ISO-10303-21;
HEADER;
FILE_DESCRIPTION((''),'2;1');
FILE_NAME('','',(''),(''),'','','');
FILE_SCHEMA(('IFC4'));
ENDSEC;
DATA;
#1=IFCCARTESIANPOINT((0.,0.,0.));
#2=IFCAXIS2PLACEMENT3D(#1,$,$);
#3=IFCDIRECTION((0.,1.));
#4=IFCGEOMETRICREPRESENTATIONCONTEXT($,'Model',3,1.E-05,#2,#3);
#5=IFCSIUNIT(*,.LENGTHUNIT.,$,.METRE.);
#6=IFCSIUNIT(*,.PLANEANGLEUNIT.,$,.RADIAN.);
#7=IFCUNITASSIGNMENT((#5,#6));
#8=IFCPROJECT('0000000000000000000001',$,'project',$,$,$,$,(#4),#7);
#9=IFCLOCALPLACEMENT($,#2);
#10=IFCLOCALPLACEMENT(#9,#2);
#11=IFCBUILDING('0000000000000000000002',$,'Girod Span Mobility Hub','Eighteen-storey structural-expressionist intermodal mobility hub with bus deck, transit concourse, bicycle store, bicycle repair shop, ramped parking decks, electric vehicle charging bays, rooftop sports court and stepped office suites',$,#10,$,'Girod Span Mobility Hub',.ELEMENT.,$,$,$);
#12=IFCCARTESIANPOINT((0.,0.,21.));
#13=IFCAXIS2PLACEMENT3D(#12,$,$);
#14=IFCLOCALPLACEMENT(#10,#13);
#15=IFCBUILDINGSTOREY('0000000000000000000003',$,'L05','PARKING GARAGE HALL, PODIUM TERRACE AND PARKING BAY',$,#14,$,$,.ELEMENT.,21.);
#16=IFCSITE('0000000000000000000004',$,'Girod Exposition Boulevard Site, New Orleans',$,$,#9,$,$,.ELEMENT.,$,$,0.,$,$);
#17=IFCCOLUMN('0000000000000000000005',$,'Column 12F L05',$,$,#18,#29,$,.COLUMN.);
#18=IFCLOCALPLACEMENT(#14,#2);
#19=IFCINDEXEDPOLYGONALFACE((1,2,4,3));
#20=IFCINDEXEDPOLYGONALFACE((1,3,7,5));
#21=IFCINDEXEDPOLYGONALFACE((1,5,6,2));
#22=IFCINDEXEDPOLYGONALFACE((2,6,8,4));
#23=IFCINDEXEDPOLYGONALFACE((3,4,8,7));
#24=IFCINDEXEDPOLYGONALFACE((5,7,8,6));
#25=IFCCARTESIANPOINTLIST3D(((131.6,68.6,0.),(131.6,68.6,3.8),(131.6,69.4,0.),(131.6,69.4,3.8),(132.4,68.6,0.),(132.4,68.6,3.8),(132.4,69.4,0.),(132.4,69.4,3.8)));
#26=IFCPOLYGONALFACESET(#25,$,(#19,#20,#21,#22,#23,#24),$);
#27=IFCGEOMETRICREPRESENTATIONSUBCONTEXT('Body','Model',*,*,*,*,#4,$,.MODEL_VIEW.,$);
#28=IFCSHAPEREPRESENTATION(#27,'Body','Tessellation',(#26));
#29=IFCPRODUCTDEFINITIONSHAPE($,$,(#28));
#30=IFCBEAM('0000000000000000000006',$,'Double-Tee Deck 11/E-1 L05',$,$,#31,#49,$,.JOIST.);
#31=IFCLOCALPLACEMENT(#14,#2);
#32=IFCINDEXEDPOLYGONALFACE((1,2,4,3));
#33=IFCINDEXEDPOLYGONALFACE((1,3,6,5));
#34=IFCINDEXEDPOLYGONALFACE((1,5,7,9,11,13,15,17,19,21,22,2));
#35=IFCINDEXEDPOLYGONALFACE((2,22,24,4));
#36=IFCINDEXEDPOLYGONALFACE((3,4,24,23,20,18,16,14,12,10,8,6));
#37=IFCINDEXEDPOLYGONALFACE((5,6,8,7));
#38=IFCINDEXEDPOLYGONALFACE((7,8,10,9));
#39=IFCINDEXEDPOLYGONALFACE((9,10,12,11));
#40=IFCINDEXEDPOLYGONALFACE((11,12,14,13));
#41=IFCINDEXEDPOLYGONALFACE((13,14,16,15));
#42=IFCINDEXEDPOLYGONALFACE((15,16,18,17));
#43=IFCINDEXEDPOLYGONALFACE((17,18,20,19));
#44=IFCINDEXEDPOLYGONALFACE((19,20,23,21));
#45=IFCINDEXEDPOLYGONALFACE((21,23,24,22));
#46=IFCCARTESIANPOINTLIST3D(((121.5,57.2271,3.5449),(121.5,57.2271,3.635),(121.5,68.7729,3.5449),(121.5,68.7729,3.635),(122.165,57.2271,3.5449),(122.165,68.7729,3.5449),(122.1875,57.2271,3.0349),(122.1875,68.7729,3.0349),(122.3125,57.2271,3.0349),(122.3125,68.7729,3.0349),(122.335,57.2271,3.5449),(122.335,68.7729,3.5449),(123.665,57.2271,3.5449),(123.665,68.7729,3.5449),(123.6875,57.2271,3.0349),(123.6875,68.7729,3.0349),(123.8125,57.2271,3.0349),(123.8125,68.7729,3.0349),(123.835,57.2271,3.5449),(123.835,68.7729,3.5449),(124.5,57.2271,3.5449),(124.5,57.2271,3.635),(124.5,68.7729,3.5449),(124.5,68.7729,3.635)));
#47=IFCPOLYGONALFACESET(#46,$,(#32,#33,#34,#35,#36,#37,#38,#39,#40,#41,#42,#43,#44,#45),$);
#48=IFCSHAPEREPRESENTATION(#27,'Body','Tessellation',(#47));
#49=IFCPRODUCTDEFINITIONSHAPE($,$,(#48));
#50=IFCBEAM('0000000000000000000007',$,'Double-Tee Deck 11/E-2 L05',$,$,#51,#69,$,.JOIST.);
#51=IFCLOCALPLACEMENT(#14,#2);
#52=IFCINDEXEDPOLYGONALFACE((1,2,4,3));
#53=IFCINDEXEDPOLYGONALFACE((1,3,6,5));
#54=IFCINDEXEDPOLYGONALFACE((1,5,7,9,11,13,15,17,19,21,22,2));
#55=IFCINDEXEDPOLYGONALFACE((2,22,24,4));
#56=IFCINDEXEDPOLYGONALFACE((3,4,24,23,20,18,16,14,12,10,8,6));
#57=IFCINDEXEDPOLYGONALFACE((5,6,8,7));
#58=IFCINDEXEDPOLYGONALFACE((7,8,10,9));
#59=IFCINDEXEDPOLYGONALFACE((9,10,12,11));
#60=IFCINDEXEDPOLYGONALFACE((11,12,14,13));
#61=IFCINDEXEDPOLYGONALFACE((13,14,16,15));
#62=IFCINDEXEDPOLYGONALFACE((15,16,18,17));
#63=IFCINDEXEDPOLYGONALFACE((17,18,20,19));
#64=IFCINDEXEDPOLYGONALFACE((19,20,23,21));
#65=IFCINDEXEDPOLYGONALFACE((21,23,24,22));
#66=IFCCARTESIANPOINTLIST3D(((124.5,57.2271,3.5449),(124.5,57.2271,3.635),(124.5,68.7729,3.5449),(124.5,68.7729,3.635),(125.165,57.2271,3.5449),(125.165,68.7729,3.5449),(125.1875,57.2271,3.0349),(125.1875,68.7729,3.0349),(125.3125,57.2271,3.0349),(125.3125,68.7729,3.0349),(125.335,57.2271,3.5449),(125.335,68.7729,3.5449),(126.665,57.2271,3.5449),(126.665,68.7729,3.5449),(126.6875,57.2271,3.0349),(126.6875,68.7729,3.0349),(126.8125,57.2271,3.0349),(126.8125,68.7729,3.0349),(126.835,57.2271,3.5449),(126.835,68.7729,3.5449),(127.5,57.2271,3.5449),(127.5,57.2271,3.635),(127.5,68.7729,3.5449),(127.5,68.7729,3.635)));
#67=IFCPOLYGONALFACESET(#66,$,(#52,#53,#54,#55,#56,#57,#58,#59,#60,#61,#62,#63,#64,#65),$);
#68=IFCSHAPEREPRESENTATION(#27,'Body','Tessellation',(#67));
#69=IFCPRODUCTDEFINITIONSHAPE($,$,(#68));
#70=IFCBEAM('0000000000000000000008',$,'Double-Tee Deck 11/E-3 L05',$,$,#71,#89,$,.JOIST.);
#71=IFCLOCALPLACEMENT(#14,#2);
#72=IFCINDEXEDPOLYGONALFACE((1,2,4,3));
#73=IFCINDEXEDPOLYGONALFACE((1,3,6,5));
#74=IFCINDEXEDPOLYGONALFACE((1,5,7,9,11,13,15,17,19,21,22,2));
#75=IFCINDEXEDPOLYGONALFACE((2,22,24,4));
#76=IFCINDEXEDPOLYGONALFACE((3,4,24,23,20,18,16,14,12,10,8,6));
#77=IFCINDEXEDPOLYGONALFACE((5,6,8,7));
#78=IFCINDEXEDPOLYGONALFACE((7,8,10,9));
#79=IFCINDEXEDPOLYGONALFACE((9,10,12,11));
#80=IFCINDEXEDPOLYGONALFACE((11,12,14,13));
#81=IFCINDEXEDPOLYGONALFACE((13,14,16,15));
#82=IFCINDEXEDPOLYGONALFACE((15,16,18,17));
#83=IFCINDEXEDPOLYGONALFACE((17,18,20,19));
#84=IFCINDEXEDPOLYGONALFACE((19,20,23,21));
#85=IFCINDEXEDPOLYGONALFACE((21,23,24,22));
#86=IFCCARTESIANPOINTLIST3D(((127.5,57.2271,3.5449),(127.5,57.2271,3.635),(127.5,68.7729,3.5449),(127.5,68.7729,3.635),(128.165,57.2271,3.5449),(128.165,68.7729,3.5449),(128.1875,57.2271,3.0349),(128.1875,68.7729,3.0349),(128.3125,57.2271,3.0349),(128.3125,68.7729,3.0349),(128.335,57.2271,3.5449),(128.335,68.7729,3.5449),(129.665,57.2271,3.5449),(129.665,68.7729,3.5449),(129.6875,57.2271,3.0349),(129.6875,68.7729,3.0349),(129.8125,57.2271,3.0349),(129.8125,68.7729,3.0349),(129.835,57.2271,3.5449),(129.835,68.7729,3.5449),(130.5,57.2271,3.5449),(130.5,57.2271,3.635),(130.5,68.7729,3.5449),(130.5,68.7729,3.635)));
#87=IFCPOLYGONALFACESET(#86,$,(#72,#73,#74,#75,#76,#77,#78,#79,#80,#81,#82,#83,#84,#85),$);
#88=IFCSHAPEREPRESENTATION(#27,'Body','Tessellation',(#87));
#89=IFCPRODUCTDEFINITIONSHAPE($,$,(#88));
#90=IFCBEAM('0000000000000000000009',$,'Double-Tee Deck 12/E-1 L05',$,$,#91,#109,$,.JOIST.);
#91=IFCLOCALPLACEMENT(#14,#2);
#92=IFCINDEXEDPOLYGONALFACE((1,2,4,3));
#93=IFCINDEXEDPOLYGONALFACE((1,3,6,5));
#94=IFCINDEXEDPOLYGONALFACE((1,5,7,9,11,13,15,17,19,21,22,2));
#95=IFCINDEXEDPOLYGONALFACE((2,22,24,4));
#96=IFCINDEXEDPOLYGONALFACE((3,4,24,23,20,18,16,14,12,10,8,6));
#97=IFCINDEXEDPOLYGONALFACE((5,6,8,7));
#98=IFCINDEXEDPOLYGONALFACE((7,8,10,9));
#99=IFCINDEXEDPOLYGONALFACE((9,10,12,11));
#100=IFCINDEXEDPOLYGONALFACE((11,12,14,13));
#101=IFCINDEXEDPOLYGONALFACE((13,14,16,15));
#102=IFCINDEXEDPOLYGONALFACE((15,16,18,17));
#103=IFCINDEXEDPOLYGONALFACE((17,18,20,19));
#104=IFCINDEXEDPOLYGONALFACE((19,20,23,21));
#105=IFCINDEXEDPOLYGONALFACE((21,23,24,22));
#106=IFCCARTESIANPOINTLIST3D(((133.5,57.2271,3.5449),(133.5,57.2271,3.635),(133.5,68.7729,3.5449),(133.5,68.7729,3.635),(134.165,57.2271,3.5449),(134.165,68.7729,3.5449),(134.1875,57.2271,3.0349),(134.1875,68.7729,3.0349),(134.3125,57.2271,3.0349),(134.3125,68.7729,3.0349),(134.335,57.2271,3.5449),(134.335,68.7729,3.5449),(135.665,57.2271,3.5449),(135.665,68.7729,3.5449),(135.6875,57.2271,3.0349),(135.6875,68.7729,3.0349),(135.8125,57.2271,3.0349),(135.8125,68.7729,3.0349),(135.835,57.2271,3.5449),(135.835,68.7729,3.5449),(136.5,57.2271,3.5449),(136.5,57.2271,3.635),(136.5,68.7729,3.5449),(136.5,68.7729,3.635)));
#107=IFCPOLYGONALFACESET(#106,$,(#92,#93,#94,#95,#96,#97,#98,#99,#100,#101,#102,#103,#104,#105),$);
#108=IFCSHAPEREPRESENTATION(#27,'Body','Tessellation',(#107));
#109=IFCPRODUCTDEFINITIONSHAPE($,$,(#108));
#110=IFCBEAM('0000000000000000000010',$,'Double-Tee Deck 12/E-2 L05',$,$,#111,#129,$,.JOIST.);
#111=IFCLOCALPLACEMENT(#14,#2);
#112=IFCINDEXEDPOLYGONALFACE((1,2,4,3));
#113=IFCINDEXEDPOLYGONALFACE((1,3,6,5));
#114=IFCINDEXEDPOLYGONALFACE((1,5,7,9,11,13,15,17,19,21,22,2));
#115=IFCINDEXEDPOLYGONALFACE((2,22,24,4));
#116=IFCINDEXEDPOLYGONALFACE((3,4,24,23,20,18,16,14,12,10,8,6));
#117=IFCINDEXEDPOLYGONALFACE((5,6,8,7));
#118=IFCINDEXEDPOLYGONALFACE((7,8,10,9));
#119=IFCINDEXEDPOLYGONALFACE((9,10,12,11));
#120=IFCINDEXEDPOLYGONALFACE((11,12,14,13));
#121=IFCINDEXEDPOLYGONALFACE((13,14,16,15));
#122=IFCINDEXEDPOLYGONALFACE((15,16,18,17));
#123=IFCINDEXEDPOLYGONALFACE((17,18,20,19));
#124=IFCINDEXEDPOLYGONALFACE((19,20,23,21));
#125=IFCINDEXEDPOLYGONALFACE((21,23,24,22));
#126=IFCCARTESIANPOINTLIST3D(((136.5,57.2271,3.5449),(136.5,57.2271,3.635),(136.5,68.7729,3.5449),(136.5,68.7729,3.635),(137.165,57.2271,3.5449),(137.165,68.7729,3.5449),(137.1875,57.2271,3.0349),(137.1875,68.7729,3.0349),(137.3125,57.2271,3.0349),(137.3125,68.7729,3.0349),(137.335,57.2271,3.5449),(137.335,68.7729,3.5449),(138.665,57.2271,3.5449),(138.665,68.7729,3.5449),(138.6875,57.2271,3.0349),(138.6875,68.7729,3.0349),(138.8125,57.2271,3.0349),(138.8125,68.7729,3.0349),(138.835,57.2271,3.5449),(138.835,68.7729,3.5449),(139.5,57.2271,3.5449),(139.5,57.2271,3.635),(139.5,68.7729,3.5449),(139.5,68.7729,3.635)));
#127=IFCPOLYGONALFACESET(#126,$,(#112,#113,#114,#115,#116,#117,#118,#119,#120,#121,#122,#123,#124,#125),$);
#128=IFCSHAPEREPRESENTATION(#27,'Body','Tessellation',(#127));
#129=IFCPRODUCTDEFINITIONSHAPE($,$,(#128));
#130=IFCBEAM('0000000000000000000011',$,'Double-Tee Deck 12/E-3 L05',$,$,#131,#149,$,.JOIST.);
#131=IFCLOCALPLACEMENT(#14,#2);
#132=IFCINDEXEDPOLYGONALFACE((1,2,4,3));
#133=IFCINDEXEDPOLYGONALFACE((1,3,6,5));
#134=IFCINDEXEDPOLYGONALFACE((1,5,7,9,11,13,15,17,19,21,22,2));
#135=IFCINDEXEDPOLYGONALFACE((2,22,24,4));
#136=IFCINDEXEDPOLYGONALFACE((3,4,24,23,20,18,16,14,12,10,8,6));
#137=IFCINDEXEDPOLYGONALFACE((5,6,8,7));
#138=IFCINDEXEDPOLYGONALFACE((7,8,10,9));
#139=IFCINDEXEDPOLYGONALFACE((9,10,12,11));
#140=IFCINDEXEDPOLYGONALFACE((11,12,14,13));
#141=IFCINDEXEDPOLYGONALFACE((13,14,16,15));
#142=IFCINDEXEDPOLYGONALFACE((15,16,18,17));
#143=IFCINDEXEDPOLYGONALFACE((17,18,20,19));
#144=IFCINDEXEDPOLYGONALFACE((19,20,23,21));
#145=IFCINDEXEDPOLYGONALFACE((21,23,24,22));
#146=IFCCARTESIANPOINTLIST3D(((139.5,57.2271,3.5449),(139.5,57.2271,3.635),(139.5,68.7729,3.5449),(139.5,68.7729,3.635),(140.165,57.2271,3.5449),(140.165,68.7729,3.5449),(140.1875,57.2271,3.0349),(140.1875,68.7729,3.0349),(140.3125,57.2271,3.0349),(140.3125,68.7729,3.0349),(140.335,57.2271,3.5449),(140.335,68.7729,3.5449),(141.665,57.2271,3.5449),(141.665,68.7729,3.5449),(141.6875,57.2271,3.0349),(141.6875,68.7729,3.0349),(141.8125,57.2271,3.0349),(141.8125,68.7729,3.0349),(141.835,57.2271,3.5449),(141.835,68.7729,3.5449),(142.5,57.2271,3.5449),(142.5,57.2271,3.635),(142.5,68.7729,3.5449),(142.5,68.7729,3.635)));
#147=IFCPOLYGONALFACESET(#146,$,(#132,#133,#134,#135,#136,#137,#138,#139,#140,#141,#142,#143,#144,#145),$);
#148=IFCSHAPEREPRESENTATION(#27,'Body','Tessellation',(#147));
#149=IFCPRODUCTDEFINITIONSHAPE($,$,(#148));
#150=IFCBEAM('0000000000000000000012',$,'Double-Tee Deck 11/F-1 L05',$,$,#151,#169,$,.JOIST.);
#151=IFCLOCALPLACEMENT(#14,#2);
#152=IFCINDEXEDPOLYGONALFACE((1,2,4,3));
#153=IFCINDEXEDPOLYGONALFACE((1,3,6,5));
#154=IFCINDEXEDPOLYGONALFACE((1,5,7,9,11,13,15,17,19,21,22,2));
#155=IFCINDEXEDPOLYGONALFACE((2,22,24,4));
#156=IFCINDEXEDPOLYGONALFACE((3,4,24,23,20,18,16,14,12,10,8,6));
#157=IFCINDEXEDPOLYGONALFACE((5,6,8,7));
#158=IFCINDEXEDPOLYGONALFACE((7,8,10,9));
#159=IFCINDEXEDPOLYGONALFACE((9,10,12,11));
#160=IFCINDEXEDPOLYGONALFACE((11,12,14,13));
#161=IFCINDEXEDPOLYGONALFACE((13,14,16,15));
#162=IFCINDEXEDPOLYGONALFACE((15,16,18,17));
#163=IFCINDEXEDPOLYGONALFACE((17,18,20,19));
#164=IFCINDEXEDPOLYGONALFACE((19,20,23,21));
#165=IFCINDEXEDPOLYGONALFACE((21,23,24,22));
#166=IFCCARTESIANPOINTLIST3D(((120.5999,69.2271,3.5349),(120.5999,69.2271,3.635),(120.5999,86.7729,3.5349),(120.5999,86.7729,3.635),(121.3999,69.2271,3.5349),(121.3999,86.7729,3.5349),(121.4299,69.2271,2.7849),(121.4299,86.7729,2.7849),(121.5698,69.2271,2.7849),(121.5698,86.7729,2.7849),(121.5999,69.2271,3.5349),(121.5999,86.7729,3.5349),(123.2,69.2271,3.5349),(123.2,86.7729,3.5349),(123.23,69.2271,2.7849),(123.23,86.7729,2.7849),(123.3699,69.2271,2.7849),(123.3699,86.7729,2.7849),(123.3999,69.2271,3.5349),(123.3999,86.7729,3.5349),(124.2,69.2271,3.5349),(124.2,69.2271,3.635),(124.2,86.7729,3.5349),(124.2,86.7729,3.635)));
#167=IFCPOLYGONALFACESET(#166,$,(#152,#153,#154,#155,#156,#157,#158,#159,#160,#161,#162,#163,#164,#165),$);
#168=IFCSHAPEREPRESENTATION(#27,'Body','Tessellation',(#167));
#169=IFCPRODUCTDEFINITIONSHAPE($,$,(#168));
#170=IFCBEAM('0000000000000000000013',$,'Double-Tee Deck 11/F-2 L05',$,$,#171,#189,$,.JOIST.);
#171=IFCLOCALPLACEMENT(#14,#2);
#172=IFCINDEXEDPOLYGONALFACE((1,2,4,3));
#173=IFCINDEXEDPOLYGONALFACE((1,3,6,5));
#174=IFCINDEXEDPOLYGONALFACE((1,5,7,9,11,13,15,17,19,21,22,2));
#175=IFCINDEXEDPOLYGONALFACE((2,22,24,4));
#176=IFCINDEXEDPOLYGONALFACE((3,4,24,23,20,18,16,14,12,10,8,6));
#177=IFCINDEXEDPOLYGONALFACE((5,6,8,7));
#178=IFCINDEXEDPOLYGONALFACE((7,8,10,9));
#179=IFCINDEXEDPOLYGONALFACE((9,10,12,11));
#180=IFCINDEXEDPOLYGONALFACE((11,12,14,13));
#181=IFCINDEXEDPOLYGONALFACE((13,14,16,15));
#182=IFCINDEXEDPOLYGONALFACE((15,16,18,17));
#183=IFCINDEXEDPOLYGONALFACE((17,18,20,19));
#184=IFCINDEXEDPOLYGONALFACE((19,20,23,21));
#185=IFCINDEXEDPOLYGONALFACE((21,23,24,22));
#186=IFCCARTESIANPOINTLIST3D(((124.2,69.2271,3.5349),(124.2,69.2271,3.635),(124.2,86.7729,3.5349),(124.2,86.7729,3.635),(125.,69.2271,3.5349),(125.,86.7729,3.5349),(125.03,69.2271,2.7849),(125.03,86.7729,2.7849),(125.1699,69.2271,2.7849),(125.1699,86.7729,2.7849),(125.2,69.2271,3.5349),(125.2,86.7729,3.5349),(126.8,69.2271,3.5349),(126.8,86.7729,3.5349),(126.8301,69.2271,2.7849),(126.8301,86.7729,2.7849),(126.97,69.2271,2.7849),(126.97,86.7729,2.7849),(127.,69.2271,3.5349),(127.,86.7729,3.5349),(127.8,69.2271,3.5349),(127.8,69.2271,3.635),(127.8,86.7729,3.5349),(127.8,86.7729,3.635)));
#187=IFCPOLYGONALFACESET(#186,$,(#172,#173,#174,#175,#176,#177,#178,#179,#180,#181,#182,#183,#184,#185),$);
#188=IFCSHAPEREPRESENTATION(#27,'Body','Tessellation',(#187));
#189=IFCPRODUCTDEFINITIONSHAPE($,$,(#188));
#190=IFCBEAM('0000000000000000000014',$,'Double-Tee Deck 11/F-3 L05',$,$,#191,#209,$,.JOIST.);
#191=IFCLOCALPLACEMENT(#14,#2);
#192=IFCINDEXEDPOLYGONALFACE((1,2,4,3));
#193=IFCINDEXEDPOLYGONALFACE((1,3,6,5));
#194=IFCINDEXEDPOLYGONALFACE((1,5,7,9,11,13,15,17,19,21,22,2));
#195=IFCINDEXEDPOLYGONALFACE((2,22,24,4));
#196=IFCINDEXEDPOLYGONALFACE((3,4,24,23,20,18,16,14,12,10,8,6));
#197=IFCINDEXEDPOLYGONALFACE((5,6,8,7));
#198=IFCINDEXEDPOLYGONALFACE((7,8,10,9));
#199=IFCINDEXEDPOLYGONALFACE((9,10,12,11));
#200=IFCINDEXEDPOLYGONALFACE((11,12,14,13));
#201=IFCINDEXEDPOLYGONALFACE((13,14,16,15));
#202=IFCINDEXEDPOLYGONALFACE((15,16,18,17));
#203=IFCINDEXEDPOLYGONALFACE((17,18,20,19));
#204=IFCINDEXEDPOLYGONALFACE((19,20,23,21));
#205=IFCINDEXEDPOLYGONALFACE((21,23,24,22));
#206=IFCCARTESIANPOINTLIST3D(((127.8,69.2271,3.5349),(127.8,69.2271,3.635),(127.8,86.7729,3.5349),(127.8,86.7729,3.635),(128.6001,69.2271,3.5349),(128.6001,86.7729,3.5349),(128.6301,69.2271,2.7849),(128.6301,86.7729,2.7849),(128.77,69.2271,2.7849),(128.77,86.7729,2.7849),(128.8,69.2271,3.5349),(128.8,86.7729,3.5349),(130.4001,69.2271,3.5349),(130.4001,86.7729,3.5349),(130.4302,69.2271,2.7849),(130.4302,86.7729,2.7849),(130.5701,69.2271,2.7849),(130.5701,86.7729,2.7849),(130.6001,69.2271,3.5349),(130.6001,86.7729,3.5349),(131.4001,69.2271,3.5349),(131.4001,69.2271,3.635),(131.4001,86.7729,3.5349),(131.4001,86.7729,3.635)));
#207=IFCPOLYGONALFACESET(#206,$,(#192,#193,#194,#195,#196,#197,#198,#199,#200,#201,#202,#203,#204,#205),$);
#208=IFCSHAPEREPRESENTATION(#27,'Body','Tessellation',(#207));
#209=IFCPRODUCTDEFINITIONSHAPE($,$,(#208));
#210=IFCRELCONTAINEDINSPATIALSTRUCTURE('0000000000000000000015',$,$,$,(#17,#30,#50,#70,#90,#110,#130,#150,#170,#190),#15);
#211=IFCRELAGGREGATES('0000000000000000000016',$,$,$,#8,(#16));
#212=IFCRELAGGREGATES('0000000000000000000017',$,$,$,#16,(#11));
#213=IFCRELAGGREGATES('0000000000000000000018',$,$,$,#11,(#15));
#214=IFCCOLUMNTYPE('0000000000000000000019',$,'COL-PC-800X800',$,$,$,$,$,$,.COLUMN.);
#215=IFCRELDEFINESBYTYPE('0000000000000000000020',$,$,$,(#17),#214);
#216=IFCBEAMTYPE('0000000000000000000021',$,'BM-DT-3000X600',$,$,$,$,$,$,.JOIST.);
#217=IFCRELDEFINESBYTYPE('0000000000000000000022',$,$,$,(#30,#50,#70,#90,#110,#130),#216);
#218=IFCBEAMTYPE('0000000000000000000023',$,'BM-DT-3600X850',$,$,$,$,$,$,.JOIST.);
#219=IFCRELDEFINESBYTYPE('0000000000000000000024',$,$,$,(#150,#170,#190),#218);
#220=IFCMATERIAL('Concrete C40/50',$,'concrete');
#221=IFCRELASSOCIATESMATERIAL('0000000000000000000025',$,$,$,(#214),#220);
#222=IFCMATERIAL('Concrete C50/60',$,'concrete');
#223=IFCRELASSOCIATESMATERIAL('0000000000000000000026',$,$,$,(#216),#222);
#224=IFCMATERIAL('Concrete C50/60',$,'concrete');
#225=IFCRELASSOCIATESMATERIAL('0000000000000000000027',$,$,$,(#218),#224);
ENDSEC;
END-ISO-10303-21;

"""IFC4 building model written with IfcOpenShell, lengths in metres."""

from ifc_helpers import new_model, si_unit, direction, frame, origin, origin_2d, place, context, subcontext, project, spatial, polyline, rectangle, outline, extrude, material, material_profile, profile_set, type_object, element, save


model = new_model("IFC4")

# Units and contexts
model_context = context("Model", 3, precision=1e-05, world=origin(), true_north=direction((0.0, 1.0)))
body_context = subcontext(model_context, "Body", "Model", "MODEL_VIEW")
ifc_project = project(units=[si_unit("LENGTHUNIT", "METRE"), si_unit("PLANEANGLEUNIT", "RADIAN")], contexts=[model_context])

# Site, building, storey
site_placement = place(None, origin())
site = spatial("IfcSite", under=ifc_project, at=site_placement, Name="Girod Exposition Boulevard Site, New Orleans", CompositionType="ELEMENT", RefElevation=0.0)
building_placement = place(site_placement, origin())
building = spatial("IfcBuilding", under=site, at=building_placement, Name="Girod Span Mobility Hub", Description="Eighteen-storey structural-expressionist intermodal mobility hub with bus deck, transit concourse, bicycle store, bicycle repair shop, ramped parking decks, electric vehicle charging bays, rooftop sports court and stepped office suites", LongName="Girod Span Mobility Hub", CompositionType="ELEMENT")
storey_placement = place(building_placement, frame((0.0, 0.0, 21.0)))
storey = spatial("IfcBuildingStorey", under=building, at=storey_placement, Name="L05", Description="PARKING GARAGE HALL, PODIUM TERRACE AND PARKING BAY", CompositionType="ELEMENT", Elevation=21.0)

# Column
ifc_material_1 = material(Name="Concrete C40/50", Category="concrete")
ifc_material_profile_1 = material_profile(ifc_material_1, rectangle(XDim=0.8, YDim=0.8, at=origin_2d()), Name="PC-COL-800X800")
ifc_profile_set_1 = profile_set([ifc_material_profile_1], Name="Concrete C40/50")
column_type = type_object("IfcColumnType", Name="COL-PC-800X800", PredefinedType="COLUMN", material=ifc_profile_set_1)
column_placement = place(storey_placement, frame((132.0, 69.0, 0.0), z_axis=(0.0, 0.0, 1.0), x_axis=(1.0, 0.0, 0.0)))
element("IfcColumn", 1, at=column_placement, inside=storey, type_object=column_type, Name="Column 12F L05", PredefinedType="COLUMN", context=body_context, shape_type="SweptSolid", body=[
    extrude(rectangle(XDim=0.8, YDim=0.8, at=origin_2d()), origin(), (0.0, 0.0, 1.0), 3.8),
])

# Beams
ifc_material_2 = material(Name="Concrete C50/60", Category="concrete")
ifc_material_profile_2 = material_profile(ifc_material_2, outline(polyline([(-1.5, 0.3), (-1.5, 0.21), (-0.835, 0.21), (-0.8125, -0.3), (-0.6875, -0.3), (-0.665, 0.21), (0.665, 0.21), (0.6875, -0.3), (0.8125, -0.3), (0.835, 0.21), (1.5, 0.21), (1.5, 0.3), (-1.5, 0.3)])), Name="DT-3000X600")
ifc_profile_set_2 = profile_set([ifc_material_profile_2], Name="Concrete C50/60")
beam_type_1 = type_object("IfcBeamType", Name="BM-DT-3000X600", PredefinedType="JOIST", material=ifc_profile_set_2)
for number, where, z_axis, x_axis, name in (
    (2, (123.0, 57.2271, 3.335), (0.0, 1.0, 0.0), (-1.0, 0.0, 0.0), "Double-Tee Deck 11/E-1 L05"),
    (3, (126.0, 57.2271, 3.335), (0.0, 1.0, 0.0), (-1.0, 0.0, 0.0), "Double-Tee Deck 11/E-2 L05"),
    (4, (129.0, 57.2271, 3.335), (0.0, 1.0, 0.0), (-1.0, 0.0, 0.0), "Double-Tee Deck 11/E-3 L05"),
    (5, (135.0, 57.2271, 3.335), (0.0, 1.0, 0.0), (-1.0, 0.0, 0.0), "Double-Tee Deck 12/E-1 L05"),
    (6, (138.0, 57.2271, 3.335), (0.0, 1.0, 0.0), (-1.0, 0.0, 0.0), "Double-Tee Deck 12/E-2 L05"),
    (7, (141.0, 57.2271, 3.335), (0.0, 1.0, 0.0), (-1.0, 0.0, 0.0), "Double-Tee Deck 12/E-3 L05"),
):
    element("IfcBeam", number, at=place(storey_placement, frame(where, z_axis=z_axis, x_axis=x_axis)), inside=storey, type_object=beam_type_1, Name=name, PredefinedType="JOIST", context=body_context, shape_type="SweptSolid", body=[
        extrude(outline(polyline([(-1.5, 0.3), (-1.5, 0.21), (-0.835, 0.21), (-0.8125, -0.3), (-0.6875, -0.3), (-0.665, 0.21), (0.665, 0.21), (0.6875, -0.3), (0.8125, -0.3), (0.835, 0.21), (1.5, 0.21), (1.5, 0.3), (-1.5, 0.3)])), origin(), (0.0, 0.0, 1.0), 11.5459),
    ])
ifc_material_3 = material(Name="Concrete C50/60", Category="concrete")
ifc_material_profile_3 = material_profile(ifc_material_3, outline(polyline([(-1.8, 0.425), (-1.8, 0.325), (-1.0, 0.325), (-0.97, -0.425), (-0.8301, -0.425), (-0.8, 0.325), (0.8, 0.325), (0.8301, -0.425), (0.97, -0.425), (1.0, 0.325), (1.8, 0.325), (1.8, 0.425), (-1.8, 0.425)])), Name="DT-3600X850")
ifc_profile_set_3 = profile_set([ifc_material_profile_3], Name="Concrete C50/60")
beam_type_2 = type_object("IfcBeamType", Name="BM-DT-3600X850", PredefinedType="JOIST", material=ifc_profile_set_3)
for number, where, z_axis, x_axis, name in (
    (8, (122.3999, 69.2271, 3.21), (0.0, 1.0, 0.0), (-1.0, 0.0, 0.0), "Double-Tee Deck 11/F-1 L05"),
    (9, (126.0, 69.2271, 3.21), (0.0, 1.0, 0.0), (-1.0, 0.0, 0.0), "Double-Tee Deck 11/F-2 L05"),
    (10, (129.6001, 69.2271, 3.21), (0.0, 1.0, 0.0), (-1.0, 0.0, 0.0), "Double-Tee Deck 11/F-3 L05"),
):
    element("IfcBeam", number, at=place(storey_placement, frame(where, z_axis=z_axis, x_axis=x_axis)), inside=storey, type_object=beam_type_2, Name=name, PredefinedType="JOIST", context=body_context, shape_type="SweptSolid", body=[
        extrude(outline(polyline([(-1.8, 0.425), (-1.8, 0.325), (-1.0, 0.325), (-0.97, -0.425), (-0.8301, -0.425), (-0.8, 0.325), (0.8, 0.325), (0.8301, -0.425), (0.97, -0.425), (1.0, 0.325), (1.8, 0.325), (1.8, 0.425), (-1.8, 0.425)])), origin(), (0.0, 0.0, 1.0), 17.5459),
    ])

save(model, "model.ifc")
